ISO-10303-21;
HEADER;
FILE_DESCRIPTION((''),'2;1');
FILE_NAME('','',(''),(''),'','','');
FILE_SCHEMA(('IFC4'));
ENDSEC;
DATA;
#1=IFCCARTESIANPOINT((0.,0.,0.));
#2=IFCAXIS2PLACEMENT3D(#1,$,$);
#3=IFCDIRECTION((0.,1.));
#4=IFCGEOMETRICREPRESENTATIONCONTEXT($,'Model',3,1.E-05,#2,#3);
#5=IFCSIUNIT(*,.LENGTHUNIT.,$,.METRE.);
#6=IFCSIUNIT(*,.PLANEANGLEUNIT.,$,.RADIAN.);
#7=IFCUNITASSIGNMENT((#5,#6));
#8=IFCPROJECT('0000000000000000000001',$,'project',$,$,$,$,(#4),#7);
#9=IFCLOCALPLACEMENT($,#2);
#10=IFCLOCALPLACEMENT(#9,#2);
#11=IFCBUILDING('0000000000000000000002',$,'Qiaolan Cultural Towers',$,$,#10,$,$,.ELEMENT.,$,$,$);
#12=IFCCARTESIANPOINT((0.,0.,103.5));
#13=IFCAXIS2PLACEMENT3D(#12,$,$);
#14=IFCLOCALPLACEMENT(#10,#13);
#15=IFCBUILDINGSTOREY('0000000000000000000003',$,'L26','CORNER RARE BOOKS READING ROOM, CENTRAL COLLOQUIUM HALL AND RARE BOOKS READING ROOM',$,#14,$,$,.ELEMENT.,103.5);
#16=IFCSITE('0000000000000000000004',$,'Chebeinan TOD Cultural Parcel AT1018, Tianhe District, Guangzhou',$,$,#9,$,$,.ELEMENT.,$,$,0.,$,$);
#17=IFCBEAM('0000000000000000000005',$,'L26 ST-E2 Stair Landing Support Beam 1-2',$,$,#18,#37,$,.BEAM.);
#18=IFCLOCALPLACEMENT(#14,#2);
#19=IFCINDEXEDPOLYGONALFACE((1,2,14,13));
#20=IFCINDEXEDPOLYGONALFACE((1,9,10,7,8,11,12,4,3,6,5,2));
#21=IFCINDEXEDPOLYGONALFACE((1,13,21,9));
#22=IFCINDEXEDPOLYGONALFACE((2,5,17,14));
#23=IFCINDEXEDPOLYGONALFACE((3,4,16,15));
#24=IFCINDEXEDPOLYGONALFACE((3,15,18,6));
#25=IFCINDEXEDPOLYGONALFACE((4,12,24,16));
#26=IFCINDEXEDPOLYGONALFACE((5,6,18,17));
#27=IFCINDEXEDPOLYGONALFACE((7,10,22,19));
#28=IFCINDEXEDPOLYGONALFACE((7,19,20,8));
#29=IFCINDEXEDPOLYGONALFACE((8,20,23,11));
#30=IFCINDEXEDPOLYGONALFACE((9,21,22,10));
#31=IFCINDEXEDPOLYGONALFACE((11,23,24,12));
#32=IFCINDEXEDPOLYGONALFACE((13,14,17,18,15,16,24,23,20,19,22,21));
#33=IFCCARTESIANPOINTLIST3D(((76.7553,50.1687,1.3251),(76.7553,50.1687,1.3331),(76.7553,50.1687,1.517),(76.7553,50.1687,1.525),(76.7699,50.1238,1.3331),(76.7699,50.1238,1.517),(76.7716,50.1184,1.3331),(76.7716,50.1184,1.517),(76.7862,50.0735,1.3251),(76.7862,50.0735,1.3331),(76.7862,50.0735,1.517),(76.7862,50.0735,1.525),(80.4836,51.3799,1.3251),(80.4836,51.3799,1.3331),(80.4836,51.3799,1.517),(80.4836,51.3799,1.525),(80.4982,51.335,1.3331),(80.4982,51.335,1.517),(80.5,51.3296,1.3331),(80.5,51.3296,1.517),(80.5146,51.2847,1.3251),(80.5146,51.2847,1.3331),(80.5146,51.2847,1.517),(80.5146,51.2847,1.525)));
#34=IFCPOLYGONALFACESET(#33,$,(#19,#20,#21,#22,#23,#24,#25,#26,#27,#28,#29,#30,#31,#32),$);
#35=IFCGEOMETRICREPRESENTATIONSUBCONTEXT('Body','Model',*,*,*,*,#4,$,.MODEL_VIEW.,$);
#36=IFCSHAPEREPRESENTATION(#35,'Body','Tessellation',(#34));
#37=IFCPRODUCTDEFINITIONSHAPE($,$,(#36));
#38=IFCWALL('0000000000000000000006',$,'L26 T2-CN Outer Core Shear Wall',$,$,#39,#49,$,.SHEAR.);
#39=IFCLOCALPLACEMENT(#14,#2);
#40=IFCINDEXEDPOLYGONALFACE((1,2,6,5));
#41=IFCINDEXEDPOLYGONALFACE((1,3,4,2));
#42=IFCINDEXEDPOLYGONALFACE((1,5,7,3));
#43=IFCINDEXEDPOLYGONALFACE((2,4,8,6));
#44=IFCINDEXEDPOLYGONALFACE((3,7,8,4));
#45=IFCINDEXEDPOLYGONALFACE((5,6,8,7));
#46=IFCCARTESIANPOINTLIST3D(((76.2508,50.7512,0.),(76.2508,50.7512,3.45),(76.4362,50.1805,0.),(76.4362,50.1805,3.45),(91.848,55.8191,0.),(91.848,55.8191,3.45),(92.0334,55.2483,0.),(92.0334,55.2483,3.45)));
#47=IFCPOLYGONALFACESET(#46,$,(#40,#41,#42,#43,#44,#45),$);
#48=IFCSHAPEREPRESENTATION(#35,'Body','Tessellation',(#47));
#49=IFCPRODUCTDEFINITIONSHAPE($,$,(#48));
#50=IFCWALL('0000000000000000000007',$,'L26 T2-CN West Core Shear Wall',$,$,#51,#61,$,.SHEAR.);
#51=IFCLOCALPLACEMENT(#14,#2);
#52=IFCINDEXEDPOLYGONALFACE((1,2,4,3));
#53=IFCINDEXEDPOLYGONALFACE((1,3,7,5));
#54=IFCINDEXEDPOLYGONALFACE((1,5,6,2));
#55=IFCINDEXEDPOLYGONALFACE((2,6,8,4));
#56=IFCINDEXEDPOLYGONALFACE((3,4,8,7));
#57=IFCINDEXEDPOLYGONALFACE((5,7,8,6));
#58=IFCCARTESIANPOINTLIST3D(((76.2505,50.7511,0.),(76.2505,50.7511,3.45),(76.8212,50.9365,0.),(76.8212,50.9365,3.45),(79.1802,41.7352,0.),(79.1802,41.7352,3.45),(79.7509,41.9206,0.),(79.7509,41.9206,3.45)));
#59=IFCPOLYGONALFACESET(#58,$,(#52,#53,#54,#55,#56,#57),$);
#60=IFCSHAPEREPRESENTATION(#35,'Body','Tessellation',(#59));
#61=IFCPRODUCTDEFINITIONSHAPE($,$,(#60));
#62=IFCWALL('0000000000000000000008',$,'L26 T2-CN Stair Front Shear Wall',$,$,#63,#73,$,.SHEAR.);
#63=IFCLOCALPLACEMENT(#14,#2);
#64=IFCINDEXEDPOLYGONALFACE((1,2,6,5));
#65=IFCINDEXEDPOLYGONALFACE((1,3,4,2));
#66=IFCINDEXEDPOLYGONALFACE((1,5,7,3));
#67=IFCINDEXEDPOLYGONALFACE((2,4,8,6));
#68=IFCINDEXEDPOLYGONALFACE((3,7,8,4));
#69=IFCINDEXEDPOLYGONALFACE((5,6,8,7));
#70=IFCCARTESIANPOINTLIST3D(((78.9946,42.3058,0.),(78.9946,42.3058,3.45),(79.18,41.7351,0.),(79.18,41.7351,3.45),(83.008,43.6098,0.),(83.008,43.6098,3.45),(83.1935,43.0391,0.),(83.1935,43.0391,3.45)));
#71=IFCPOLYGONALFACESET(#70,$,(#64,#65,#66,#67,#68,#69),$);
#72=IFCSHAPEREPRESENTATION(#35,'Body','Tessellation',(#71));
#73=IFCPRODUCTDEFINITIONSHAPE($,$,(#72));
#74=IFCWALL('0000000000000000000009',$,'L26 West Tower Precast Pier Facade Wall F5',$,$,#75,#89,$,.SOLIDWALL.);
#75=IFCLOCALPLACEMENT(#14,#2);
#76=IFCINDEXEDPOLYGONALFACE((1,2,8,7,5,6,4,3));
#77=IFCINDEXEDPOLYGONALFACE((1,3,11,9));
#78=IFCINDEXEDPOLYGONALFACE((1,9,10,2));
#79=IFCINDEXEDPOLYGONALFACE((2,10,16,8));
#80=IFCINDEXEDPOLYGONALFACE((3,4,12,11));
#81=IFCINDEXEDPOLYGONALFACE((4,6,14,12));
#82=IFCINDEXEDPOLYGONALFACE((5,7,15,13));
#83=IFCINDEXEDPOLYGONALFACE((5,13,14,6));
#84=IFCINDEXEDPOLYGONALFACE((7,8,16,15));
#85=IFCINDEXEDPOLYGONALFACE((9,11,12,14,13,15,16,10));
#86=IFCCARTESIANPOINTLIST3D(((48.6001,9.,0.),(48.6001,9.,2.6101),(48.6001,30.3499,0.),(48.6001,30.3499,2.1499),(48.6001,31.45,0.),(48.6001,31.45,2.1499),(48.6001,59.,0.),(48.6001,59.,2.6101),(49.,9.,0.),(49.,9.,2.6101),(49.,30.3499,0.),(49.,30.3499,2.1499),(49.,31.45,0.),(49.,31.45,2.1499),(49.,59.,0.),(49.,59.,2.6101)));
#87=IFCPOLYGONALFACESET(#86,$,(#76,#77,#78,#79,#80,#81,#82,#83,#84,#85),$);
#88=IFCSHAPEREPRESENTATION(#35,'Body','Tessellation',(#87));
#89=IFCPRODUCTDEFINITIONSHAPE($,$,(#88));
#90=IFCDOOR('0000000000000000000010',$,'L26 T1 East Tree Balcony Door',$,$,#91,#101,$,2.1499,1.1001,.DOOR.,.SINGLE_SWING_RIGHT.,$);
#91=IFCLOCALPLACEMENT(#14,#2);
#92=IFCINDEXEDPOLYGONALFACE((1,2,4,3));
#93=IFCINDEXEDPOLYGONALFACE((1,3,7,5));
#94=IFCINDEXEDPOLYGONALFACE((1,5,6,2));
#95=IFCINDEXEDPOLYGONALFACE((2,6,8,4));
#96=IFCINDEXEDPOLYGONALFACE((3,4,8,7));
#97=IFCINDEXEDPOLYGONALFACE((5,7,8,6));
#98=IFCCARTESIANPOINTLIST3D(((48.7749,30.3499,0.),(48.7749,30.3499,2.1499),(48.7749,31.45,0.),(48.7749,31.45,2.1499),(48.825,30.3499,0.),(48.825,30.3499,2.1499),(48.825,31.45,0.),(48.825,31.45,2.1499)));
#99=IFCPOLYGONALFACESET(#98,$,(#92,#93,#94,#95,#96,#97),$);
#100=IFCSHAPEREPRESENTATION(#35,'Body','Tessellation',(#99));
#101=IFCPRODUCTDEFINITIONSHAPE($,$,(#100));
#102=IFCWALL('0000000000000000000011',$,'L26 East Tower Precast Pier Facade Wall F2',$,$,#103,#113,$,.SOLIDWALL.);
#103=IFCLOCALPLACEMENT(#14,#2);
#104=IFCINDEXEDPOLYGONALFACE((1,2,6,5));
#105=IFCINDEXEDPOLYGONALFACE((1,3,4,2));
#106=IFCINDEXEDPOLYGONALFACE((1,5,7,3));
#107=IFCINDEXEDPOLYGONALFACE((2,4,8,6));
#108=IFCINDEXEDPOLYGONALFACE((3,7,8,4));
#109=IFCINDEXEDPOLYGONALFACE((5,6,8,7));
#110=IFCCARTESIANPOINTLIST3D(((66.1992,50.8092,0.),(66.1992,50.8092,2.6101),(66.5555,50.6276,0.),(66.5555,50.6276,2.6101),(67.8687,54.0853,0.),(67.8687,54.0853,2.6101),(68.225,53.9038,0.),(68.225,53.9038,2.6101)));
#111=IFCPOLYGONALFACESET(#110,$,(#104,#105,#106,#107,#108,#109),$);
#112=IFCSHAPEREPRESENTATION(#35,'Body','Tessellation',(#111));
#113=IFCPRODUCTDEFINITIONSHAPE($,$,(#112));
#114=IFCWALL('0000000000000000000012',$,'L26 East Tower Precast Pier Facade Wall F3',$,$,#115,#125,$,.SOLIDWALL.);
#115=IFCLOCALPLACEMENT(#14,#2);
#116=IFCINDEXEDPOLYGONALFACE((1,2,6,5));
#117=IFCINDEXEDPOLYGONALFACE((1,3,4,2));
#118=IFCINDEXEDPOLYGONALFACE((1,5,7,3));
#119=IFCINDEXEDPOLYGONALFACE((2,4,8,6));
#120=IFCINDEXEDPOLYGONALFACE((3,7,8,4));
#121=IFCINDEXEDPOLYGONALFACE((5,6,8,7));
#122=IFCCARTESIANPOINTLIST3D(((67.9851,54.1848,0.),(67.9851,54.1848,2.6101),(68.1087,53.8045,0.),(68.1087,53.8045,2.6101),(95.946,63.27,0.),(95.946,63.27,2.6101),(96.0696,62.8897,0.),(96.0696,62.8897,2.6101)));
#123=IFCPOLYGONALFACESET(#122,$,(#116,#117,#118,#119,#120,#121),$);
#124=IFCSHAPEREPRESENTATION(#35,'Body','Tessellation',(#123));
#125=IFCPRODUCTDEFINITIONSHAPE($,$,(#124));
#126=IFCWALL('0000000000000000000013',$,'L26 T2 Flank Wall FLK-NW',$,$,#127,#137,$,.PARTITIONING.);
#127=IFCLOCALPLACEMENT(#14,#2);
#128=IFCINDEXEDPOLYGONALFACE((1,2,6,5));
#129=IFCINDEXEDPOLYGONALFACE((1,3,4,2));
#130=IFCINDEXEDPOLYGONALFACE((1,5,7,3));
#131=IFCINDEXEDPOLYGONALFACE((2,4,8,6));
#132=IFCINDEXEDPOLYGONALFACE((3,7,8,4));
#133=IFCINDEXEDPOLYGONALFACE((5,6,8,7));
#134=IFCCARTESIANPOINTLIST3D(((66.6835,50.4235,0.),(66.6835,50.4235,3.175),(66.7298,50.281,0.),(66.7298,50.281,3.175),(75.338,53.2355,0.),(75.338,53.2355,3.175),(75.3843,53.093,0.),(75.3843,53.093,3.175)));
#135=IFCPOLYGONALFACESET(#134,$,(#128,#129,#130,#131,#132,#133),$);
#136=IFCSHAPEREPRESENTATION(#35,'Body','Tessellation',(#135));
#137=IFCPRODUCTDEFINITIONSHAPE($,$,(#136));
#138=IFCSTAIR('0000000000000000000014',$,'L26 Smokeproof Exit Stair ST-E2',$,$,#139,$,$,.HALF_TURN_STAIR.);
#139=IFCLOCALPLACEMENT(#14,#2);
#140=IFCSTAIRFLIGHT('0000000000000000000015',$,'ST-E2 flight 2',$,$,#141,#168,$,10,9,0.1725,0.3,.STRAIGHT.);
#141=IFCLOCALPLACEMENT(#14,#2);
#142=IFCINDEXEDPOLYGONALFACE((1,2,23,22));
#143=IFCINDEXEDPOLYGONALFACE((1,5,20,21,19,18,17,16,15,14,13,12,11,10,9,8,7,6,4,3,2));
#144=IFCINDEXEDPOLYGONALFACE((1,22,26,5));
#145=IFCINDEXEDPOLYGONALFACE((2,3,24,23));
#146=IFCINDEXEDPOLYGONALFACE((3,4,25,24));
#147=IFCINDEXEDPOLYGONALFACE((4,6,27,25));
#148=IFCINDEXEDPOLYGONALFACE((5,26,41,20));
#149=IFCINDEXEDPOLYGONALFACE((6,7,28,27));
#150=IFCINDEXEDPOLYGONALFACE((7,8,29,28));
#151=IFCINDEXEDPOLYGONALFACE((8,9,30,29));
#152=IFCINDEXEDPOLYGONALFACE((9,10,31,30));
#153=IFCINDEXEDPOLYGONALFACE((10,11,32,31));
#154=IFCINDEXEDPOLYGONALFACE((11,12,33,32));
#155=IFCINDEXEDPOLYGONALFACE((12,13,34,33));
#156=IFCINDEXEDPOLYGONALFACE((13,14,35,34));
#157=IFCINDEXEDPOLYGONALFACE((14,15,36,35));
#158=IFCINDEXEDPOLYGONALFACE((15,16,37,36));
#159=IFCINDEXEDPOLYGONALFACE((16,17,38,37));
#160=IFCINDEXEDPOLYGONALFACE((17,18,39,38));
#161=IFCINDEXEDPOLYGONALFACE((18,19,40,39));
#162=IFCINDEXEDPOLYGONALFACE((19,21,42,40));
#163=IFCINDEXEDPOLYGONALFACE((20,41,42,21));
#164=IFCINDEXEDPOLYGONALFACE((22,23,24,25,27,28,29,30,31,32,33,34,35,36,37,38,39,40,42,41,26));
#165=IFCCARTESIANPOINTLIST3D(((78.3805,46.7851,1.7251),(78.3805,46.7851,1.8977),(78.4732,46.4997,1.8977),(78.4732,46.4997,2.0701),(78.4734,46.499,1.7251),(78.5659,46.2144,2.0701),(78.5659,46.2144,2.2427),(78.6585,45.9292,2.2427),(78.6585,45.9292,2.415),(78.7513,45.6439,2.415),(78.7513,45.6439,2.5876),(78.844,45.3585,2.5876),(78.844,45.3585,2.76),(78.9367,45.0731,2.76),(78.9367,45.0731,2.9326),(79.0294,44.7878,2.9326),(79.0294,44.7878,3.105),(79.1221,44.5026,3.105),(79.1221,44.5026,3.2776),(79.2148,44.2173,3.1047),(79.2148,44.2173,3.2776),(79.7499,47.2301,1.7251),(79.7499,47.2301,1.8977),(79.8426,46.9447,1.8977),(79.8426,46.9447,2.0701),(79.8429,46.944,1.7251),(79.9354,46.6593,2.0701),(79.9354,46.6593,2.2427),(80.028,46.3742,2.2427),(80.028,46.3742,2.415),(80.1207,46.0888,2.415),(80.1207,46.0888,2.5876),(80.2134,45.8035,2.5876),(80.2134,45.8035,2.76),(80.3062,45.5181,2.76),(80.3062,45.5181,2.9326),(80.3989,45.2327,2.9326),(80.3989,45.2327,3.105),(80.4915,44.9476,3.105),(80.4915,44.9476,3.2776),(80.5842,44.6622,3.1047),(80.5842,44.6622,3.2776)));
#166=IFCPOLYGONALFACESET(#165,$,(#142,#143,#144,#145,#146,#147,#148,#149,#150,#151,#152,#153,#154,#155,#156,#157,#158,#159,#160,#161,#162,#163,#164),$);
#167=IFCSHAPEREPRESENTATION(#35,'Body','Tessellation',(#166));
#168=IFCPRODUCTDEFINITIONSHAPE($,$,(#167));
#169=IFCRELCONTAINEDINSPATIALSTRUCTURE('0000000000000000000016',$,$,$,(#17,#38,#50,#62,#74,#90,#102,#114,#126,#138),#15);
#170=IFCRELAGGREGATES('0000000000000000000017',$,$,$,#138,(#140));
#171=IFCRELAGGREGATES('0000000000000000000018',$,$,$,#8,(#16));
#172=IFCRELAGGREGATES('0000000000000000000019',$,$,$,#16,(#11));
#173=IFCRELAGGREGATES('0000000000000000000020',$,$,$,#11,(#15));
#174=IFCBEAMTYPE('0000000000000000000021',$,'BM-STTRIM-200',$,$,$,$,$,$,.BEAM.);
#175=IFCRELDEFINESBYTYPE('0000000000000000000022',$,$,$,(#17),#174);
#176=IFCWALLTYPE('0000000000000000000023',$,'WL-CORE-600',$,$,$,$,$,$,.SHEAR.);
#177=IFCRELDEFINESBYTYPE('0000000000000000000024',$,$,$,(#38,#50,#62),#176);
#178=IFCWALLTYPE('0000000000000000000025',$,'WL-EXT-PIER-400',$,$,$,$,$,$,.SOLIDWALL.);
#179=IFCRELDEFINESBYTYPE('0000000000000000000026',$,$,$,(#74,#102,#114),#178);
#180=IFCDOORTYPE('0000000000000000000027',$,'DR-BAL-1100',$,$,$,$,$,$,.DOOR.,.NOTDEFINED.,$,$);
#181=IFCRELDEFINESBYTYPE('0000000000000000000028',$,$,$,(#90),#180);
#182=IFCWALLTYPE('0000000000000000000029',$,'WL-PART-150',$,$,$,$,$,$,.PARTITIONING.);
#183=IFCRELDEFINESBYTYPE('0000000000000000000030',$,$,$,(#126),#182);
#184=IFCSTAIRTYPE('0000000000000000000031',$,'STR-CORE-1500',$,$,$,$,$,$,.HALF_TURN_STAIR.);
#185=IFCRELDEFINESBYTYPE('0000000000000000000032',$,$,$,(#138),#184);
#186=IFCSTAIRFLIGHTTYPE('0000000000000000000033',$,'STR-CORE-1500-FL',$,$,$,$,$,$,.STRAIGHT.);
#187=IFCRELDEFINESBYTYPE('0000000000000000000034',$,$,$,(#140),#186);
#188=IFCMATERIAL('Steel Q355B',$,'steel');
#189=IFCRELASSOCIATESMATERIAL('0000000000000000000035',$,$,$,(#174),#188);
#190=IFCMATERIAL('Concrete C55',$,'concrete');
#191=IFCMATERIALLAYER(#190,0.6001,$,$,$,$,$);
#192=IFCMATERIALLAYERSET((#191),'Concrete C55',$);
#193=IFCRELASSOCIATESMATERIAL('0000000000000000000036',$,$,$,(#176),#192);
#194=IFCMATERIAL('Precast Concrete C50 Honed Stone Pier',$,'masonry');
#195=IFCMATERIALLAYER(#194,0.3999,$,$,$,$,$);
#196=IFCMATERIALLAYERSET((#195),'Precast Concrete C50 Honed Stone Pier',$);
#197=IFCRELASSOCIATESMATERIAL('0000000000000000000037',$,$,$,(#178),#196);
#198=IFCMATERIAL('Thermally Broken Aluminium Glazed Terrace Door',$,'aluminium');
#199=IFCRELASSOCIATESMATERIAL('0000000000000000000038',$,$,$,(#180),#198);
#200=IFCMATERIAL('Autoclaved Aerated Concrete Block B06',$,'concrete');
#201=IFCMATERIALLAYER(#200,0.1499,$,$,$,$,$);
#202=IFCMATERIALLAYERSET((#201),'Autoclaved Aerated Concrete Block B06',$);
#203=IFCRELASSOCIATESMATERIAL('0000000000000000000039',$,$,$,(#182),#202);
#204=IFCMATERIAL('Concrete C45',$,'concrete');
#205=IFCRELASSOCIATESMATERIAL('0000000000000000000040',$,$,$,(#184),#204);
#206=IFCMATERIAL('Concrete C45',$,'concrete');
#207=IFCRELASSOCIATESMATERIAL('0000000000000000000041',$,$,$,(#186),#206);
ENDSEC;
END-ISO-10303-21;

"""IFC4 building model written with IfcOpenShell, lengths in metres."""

from ifc_helpers import new_model, si_unit, direction, frame, frame_2d, origin, origin_2d, place, context, subcontext, project, spatial, polyline, rectangle, i_section, outline, extrude, material, layer, layer_set, material_profile, profile_set, type_object, element, fill, aggregate, save


model = new_model("IFC4")

# Units and contexts
model_context = context("Model", 3, precision=1e-05, world=origin(), true_north=direction((0.0, 1.0)))
body_context = subcontext(model_context, "Body", "Model", "MODEL_VIEW")
ifc_project = project(units=[si_unit("LENGTHUNIT", "METRE"), si_unit("PLANEANGLEUNIT", "RADIAN")], contexts=[model_context])

# Site, building, storey
site_placement = place(None, origin())
site = spatial("IfcSite", under=ifc_project, at=site_placement, Name="Chebeinan TOD Cultural Parcel AT1018, Tianhe District, Guangzhou", CompositionType="ELEMENT", RefElevation=0.0)
building_placement = place(site_placement, origin())
building = spatial("IfcBuilding", under=site, at=building_placement, Name="Qiaolan Cultural Towers", CompositionType="ELEMENT")
storey_placement = place(building_placement, frame((0.0, 0.0, 103.5)))
storey = spatial("IfcBuildingStorey", under=building, at=storey_placement, Name="L26", Description="CORNER RARE BOOKS READING ROOM, CENTRAL COLLOQUIUM HALL AND RARE BOOKS READING ROOM", CompositionType="ELEMENT", Elevation=103.5)

# Beam
ifc_material_1 = material(Name="Steel Q355B", Category="steel")
ifc_material_profile_1 = material_profile(ifc_material_1, i_section(OverallWidth=0.1001, OverallDepth=0.2, WebThickness=0.0056, FlangeThickness=0.0081, at=origin_2d()), Name="HN200x100x5.5x8")
ifc_profile_set_1 = profile_set([ifc_material_profile_1], Name="Steel Q355B")
beam_type_1 = type_object("IfcBeamType", Name="BM-STTRIM-200", PredefinedType="BEAM", material=ifc_profile_set_1)
for number, where, z_axis, x_axis, name in (
    (1, (76.7708, 50.1211, 1.425), (0.951072, 0.308969, 0.0), (-0.308969, 0.951072, 0.0), "L26 ST-E2 Stair Landing Support Beam 1-2"),
):
    element("IfcBeam", number, at=place(storey_placement, frame(where, z_axis=z_axis, x_axis=x_axis)), inside=storey, type_object=beam_type_1, Name=name, PredefinedType="BEAM", context=body_context, shape_type="SweptSolid", body=[
        extrude(i_section(OverallWidth=0.1001, OverallDepth=0.2, WebThickness=0.0056, FlangeThickness=0.0081, at=origin_2d()), origin(), (0.0, 0.0, 1.0), 3.9202),
    ])

# Walls
ifc_material_2 = material(Name="Concrete C55", Category="concrete")
ifc_layer_1 = layer(ifc_material_2, 0.6001)
ifc_layer_set_1 = layer_set([ifc_layer_1], Name="Concrete C55")
wall_type_1 = type_object("IfcWallType", Name="WL-CORE-600", PredefinedType="SHEAR", material=ifc_layer_set_1)
wall_1_placement = place(storey_placement, frame((76.3435, 50.4658, 0.0), z_axis=(0.0, 0.0, 1.0), x_axis=(0.951056, 0.309019, 0.0)))
element("IfcWall", 2, at=wall_1_placement, inside=storey, type_object=wall_type_1, Name="L26 T2-CN Outer Core Shear Wall", PredefinedType="SHEAR", context=body_context, shape_type="SweptSolid", body=[
    extrude(rectangle(XDim=16.3999, YDim=0.6001, at=frame_2d((8.2, 0.0))), origin(), (0.0, 0.0, 1.0), 3.45),
])
wall_2_placement = place(storey_placement, frame((79.4656, 41.8279, 0.0), z_axis=(0.0, 0.0, 1.0), x_axis=(-0.309041, 0.951049, 0.0)))
element("IfcWall", 3, at=wall_2_placement, inside=storey, type_object=wall_type_1, Name="L26 T2-CN West Core Shear Wall", PredefinedType="SHEAR", context=body_context, shape_type="SweptSolid", body=[
    extrude(rectangle(XDim=9.48, YDim=0.6001, at=frame_2d((4.74, 0.0))), origin(), (0.0, 0.0, 1.0), 3.45),
])
wall_3_placement = place(storey_placement, frame((79.0874, 42.0205, 0.0), z_axis=(0.0, 0.0, 1.0), x_axis=(0.951063, 0.308998, 0.0)))
element("IfcWall", 4, at=wall_3_placement, inside=storey, type_object=wall_type_1, Name="L26 T2-CN Stair Front Shear Wall", PredefinedType="SHEAR", context=body_context, shape_type="SweptSolid", body=[
    extrude(rectangle(XDim=4.22, YDim=0.6001, at=frame_2d((2.1099, 0.0))), origin(), (0.0, 0.0, 1.0), 3.45),
])

# Wall, opening, door
ifc_material_3 = material(Name="Precast Concrete C50 Honed Stone Pier", Category="masonry")
ifc_layer_2 = layer(ifc_material_3, 0.3999)
ifc_layer_set_2 = layer_set([ifc_layer_2], Name="Precast Concrete C50 Honed Stone Pier")
wall_type_2 = type_object("IfcWallType", Name="WL-EXT-PIER-400", PredefinedType="SOLIDWALL", material=ifc_layer_set_2)
wall_4_placement = place(storey_placement, frame((48.8, 59.0, 0.0), z_axis=(0.0, 0.0, 1.0), x_axis=(0.0, -1.0, 0.0)))
wall_4 = element("IfcWall", 5, at=wall_4_placement, inside=storey, type_object=wall_type_2, Name="L26 West Tower Precast Pier Facade Wall F5", PredefinedType="SOLIDWALL", context=body_context, shape_type="SweptSolid", body=[
    extrude(rectangle(XDim=50.0, YDim=0.3999, at=frame_2d((25.0, 0.0))), origin(), (0.0, 0.0, 1.0), 2.6101),
])
opening_placement = place(wall_4_placement, frame((27.55, 0.0, 0.0)))
opening = element("IfcOpeningElement", 6, at=opening_placement, cuts=wall_4, PredefinedType="OPENING", context=body_context, shape_type="SweptSolid", body=[
    extrude(rectangle(XDim=1.1001, YDim=2.1499, at=frame_2d((0.55, 1.075))), frame((0.0, 0.21, 0.0), z_axis=(0.0, -1.0, 0.0), x_axis=(1.0, 0.0, 0.0)), (0.0, 0.0, 1.0), 0.4199),
])
ifc_material_4 = material(Name="Thermally Broken Aluminium Glazed Terrace Door", Category="aluminium")
door_type = type_object("IfcDoorType", Name="DR-BAL-1100", OperationType="NOTDEFINED", PredefinedType="DOOR", material=ifc_material_4)
door_placement = place(opening_placement, origin())
door = element("IfcDoor", 7, at=door_placement, inside=storey, type_object=door_type, Name="L26 T1 East Tree Balcony Door", OperationType="SINGLE_SWING_RIGHT", OverallHeight=2.1499, OverallWidth=1.1001, PredefinedType="DOOR", context=body_context, shape_type="SweptSolid", body=[
    extrude(rectangle(XDim=1.1001, YDim=2.1499, at=frame_2d((0.55, 1.075))), frame((0.0, 0.0249, 0.0), z_axis=(0.0, -1.0, 0.0), x_axis=(1.0, 0.0, 0.0)), (0.0, 0.0, 1.0), 0.05),
])
fill(opening, door)

# Walls
wall_5_placement = place(storey_placement, frame((66.3774, 50.7185, 0.0), z_axis=(0.0, 0.0, 1.0), x_axis=(0.454026, 0.890988, 0.0)))
element("IfcWall", 8, at=wall_5_placement, inside=storey, type_object=wall_type_2, Name="L26 East Tower Precast Pier Facade Wall F2", PredefinedType="SOLIDWALL", context=body_context, shape_type="SweptSolid", body=[
    extrude(rectangle(XDim=3.677, YDim=0.3999, at=frame_2d((1.8384, 0.0))), origin(), (0.0, 0.0, 1.0), 2.6101),
])
wall_6_placement = place(storey_placement, frame((68.0469, 53.9946, 0.0), z_axis=(0.0, 0.0, 1.0), x_axis=(0.951055, 0.309021, 0.0)))
element("IfcWall", 9, at=wall_6_placement, inside=storey, type_object=wall_type_2, Name="L26 East Tower Precast Pier Facade Wall F3", PredefinedType="SOLIDWALL", context=body_context, shape_type="SweptSolid", body=[
    extrude(rectangle(XDim=29.3999, YDim=0.3999, at=frame_2d((14.7, 0.0))), origin(), (0.0, 0.0, 1.0), 2.6101),
])
ifc_material_5 = material(Name="Autoclaved Aerated Concrete Block B06", Category="concrete")
ifc_layer_3 = layer(ifc_material_5, 0.1499)
ifc_layer_set_3 = layer_set([ifc_layer_3], Name="Autoclaved Aerated Concrete Block B06")
wall_type_3 = type_object("IfcWallType", Name="WL-PART-150", PredefinedType="PARTITIONING", material=ifc_layer_set_3)
wall_7_placement = place(storey_placement, frame((66.7068, 50.3523, 0.0), z_axis=(0.0, 0.0, 1.0), x_axis=(0.951057, 0.309015, 0.0)))
element("IfcWall", 10, at=wall_7_placement, inside=storey, type_object=wall_type_3, Name="L26 T2 Flank Wall FLK-NW", PredefinedType="PARTITIONING", context=body_context, shape_type="SweptSolid", body=[
    extrude(rectangle(XDim=9.0999, YDim=0.1499, at=frame_2d((4.5498, 0.0))), origin(), (0.0, 0.0, 1.0), 3.175),
])

# Stair, stair flight
ifc_material_6 = material(Name="Concrete C45", Category="concrete")
stair_type = type_object("IfcStairType", Name="STR-CORE-1500", PredefinedType="HALF_TURN_STAIR", material=ifc_material_6)
stair_placement = place(storey_placement, origin())
stair = element("IfcStair", 11, at=stair_placement, inside=storey, type_object=stair_type, Name="L26 Smokeproof Exit Stair ST-E2", PredefinedType="HALF_TURN_STAIR")
ifc_material_7 = material(Name="Concrete C45", Category="concrete")
stair_flight_type = type_object("IfcStairFlightType", Name="STR-CORE-1500-FL", PredefinedType="STRAIGHT", material=ifc_material_7)
stair_flight_placement = place(storey_placement, frame((79.0652, 47.0076, 1.7251), z_axis=(0.0, 0.0, 1.0), x_axis=(0.309017, -0.951057, 0.0)))
stair_flight = element("IfcStairFlight", 12, at=stair_flight_placement, type_object=stair_flight_type, Name="ST-E2 flight 2", NumberOfRisers=10, NumberOfTreads=9, PredefinedType="STRAIGHT", RiserHeight=0.1725, TreadLength=0.3, context=body_context, shape_type="SweptSolid", body=[
    extrude(outline(polyline([(0.0, 0.0), (0.0, 0.1726), (0.3, 0.1726), (0.3, 0.345), (0.6001, 0.345), (0.6001, 0.5176), (0.8999, 0.5176), (0.8999, 0.6899), (1.2, 0.6899), (1.2, 0.8625), (1.5, 0.8625), (1.5, 1.0349), (1.8, 1.0349), (1.8, 1.2075), (2.1001, 1.2075), (2.1001, 1.3799), (2.3999, 1.3799), (2.3999, 1.5525), (2.7, 1.5525), (2.7, 1.7251), (2.7, 1.3796), (0.3008, 0.0), (0.0, 0.0)])), frame((0.0, 0.72, 0.0), z_axis=(0.0, -1.0, 0.0), x_axis=(1.0, 0.0, 0.0)), (0.0, 0.0, 1.0), 1.4399),
])
aggregate(stair, [stair_flight])

save(model, "model.ifc")
